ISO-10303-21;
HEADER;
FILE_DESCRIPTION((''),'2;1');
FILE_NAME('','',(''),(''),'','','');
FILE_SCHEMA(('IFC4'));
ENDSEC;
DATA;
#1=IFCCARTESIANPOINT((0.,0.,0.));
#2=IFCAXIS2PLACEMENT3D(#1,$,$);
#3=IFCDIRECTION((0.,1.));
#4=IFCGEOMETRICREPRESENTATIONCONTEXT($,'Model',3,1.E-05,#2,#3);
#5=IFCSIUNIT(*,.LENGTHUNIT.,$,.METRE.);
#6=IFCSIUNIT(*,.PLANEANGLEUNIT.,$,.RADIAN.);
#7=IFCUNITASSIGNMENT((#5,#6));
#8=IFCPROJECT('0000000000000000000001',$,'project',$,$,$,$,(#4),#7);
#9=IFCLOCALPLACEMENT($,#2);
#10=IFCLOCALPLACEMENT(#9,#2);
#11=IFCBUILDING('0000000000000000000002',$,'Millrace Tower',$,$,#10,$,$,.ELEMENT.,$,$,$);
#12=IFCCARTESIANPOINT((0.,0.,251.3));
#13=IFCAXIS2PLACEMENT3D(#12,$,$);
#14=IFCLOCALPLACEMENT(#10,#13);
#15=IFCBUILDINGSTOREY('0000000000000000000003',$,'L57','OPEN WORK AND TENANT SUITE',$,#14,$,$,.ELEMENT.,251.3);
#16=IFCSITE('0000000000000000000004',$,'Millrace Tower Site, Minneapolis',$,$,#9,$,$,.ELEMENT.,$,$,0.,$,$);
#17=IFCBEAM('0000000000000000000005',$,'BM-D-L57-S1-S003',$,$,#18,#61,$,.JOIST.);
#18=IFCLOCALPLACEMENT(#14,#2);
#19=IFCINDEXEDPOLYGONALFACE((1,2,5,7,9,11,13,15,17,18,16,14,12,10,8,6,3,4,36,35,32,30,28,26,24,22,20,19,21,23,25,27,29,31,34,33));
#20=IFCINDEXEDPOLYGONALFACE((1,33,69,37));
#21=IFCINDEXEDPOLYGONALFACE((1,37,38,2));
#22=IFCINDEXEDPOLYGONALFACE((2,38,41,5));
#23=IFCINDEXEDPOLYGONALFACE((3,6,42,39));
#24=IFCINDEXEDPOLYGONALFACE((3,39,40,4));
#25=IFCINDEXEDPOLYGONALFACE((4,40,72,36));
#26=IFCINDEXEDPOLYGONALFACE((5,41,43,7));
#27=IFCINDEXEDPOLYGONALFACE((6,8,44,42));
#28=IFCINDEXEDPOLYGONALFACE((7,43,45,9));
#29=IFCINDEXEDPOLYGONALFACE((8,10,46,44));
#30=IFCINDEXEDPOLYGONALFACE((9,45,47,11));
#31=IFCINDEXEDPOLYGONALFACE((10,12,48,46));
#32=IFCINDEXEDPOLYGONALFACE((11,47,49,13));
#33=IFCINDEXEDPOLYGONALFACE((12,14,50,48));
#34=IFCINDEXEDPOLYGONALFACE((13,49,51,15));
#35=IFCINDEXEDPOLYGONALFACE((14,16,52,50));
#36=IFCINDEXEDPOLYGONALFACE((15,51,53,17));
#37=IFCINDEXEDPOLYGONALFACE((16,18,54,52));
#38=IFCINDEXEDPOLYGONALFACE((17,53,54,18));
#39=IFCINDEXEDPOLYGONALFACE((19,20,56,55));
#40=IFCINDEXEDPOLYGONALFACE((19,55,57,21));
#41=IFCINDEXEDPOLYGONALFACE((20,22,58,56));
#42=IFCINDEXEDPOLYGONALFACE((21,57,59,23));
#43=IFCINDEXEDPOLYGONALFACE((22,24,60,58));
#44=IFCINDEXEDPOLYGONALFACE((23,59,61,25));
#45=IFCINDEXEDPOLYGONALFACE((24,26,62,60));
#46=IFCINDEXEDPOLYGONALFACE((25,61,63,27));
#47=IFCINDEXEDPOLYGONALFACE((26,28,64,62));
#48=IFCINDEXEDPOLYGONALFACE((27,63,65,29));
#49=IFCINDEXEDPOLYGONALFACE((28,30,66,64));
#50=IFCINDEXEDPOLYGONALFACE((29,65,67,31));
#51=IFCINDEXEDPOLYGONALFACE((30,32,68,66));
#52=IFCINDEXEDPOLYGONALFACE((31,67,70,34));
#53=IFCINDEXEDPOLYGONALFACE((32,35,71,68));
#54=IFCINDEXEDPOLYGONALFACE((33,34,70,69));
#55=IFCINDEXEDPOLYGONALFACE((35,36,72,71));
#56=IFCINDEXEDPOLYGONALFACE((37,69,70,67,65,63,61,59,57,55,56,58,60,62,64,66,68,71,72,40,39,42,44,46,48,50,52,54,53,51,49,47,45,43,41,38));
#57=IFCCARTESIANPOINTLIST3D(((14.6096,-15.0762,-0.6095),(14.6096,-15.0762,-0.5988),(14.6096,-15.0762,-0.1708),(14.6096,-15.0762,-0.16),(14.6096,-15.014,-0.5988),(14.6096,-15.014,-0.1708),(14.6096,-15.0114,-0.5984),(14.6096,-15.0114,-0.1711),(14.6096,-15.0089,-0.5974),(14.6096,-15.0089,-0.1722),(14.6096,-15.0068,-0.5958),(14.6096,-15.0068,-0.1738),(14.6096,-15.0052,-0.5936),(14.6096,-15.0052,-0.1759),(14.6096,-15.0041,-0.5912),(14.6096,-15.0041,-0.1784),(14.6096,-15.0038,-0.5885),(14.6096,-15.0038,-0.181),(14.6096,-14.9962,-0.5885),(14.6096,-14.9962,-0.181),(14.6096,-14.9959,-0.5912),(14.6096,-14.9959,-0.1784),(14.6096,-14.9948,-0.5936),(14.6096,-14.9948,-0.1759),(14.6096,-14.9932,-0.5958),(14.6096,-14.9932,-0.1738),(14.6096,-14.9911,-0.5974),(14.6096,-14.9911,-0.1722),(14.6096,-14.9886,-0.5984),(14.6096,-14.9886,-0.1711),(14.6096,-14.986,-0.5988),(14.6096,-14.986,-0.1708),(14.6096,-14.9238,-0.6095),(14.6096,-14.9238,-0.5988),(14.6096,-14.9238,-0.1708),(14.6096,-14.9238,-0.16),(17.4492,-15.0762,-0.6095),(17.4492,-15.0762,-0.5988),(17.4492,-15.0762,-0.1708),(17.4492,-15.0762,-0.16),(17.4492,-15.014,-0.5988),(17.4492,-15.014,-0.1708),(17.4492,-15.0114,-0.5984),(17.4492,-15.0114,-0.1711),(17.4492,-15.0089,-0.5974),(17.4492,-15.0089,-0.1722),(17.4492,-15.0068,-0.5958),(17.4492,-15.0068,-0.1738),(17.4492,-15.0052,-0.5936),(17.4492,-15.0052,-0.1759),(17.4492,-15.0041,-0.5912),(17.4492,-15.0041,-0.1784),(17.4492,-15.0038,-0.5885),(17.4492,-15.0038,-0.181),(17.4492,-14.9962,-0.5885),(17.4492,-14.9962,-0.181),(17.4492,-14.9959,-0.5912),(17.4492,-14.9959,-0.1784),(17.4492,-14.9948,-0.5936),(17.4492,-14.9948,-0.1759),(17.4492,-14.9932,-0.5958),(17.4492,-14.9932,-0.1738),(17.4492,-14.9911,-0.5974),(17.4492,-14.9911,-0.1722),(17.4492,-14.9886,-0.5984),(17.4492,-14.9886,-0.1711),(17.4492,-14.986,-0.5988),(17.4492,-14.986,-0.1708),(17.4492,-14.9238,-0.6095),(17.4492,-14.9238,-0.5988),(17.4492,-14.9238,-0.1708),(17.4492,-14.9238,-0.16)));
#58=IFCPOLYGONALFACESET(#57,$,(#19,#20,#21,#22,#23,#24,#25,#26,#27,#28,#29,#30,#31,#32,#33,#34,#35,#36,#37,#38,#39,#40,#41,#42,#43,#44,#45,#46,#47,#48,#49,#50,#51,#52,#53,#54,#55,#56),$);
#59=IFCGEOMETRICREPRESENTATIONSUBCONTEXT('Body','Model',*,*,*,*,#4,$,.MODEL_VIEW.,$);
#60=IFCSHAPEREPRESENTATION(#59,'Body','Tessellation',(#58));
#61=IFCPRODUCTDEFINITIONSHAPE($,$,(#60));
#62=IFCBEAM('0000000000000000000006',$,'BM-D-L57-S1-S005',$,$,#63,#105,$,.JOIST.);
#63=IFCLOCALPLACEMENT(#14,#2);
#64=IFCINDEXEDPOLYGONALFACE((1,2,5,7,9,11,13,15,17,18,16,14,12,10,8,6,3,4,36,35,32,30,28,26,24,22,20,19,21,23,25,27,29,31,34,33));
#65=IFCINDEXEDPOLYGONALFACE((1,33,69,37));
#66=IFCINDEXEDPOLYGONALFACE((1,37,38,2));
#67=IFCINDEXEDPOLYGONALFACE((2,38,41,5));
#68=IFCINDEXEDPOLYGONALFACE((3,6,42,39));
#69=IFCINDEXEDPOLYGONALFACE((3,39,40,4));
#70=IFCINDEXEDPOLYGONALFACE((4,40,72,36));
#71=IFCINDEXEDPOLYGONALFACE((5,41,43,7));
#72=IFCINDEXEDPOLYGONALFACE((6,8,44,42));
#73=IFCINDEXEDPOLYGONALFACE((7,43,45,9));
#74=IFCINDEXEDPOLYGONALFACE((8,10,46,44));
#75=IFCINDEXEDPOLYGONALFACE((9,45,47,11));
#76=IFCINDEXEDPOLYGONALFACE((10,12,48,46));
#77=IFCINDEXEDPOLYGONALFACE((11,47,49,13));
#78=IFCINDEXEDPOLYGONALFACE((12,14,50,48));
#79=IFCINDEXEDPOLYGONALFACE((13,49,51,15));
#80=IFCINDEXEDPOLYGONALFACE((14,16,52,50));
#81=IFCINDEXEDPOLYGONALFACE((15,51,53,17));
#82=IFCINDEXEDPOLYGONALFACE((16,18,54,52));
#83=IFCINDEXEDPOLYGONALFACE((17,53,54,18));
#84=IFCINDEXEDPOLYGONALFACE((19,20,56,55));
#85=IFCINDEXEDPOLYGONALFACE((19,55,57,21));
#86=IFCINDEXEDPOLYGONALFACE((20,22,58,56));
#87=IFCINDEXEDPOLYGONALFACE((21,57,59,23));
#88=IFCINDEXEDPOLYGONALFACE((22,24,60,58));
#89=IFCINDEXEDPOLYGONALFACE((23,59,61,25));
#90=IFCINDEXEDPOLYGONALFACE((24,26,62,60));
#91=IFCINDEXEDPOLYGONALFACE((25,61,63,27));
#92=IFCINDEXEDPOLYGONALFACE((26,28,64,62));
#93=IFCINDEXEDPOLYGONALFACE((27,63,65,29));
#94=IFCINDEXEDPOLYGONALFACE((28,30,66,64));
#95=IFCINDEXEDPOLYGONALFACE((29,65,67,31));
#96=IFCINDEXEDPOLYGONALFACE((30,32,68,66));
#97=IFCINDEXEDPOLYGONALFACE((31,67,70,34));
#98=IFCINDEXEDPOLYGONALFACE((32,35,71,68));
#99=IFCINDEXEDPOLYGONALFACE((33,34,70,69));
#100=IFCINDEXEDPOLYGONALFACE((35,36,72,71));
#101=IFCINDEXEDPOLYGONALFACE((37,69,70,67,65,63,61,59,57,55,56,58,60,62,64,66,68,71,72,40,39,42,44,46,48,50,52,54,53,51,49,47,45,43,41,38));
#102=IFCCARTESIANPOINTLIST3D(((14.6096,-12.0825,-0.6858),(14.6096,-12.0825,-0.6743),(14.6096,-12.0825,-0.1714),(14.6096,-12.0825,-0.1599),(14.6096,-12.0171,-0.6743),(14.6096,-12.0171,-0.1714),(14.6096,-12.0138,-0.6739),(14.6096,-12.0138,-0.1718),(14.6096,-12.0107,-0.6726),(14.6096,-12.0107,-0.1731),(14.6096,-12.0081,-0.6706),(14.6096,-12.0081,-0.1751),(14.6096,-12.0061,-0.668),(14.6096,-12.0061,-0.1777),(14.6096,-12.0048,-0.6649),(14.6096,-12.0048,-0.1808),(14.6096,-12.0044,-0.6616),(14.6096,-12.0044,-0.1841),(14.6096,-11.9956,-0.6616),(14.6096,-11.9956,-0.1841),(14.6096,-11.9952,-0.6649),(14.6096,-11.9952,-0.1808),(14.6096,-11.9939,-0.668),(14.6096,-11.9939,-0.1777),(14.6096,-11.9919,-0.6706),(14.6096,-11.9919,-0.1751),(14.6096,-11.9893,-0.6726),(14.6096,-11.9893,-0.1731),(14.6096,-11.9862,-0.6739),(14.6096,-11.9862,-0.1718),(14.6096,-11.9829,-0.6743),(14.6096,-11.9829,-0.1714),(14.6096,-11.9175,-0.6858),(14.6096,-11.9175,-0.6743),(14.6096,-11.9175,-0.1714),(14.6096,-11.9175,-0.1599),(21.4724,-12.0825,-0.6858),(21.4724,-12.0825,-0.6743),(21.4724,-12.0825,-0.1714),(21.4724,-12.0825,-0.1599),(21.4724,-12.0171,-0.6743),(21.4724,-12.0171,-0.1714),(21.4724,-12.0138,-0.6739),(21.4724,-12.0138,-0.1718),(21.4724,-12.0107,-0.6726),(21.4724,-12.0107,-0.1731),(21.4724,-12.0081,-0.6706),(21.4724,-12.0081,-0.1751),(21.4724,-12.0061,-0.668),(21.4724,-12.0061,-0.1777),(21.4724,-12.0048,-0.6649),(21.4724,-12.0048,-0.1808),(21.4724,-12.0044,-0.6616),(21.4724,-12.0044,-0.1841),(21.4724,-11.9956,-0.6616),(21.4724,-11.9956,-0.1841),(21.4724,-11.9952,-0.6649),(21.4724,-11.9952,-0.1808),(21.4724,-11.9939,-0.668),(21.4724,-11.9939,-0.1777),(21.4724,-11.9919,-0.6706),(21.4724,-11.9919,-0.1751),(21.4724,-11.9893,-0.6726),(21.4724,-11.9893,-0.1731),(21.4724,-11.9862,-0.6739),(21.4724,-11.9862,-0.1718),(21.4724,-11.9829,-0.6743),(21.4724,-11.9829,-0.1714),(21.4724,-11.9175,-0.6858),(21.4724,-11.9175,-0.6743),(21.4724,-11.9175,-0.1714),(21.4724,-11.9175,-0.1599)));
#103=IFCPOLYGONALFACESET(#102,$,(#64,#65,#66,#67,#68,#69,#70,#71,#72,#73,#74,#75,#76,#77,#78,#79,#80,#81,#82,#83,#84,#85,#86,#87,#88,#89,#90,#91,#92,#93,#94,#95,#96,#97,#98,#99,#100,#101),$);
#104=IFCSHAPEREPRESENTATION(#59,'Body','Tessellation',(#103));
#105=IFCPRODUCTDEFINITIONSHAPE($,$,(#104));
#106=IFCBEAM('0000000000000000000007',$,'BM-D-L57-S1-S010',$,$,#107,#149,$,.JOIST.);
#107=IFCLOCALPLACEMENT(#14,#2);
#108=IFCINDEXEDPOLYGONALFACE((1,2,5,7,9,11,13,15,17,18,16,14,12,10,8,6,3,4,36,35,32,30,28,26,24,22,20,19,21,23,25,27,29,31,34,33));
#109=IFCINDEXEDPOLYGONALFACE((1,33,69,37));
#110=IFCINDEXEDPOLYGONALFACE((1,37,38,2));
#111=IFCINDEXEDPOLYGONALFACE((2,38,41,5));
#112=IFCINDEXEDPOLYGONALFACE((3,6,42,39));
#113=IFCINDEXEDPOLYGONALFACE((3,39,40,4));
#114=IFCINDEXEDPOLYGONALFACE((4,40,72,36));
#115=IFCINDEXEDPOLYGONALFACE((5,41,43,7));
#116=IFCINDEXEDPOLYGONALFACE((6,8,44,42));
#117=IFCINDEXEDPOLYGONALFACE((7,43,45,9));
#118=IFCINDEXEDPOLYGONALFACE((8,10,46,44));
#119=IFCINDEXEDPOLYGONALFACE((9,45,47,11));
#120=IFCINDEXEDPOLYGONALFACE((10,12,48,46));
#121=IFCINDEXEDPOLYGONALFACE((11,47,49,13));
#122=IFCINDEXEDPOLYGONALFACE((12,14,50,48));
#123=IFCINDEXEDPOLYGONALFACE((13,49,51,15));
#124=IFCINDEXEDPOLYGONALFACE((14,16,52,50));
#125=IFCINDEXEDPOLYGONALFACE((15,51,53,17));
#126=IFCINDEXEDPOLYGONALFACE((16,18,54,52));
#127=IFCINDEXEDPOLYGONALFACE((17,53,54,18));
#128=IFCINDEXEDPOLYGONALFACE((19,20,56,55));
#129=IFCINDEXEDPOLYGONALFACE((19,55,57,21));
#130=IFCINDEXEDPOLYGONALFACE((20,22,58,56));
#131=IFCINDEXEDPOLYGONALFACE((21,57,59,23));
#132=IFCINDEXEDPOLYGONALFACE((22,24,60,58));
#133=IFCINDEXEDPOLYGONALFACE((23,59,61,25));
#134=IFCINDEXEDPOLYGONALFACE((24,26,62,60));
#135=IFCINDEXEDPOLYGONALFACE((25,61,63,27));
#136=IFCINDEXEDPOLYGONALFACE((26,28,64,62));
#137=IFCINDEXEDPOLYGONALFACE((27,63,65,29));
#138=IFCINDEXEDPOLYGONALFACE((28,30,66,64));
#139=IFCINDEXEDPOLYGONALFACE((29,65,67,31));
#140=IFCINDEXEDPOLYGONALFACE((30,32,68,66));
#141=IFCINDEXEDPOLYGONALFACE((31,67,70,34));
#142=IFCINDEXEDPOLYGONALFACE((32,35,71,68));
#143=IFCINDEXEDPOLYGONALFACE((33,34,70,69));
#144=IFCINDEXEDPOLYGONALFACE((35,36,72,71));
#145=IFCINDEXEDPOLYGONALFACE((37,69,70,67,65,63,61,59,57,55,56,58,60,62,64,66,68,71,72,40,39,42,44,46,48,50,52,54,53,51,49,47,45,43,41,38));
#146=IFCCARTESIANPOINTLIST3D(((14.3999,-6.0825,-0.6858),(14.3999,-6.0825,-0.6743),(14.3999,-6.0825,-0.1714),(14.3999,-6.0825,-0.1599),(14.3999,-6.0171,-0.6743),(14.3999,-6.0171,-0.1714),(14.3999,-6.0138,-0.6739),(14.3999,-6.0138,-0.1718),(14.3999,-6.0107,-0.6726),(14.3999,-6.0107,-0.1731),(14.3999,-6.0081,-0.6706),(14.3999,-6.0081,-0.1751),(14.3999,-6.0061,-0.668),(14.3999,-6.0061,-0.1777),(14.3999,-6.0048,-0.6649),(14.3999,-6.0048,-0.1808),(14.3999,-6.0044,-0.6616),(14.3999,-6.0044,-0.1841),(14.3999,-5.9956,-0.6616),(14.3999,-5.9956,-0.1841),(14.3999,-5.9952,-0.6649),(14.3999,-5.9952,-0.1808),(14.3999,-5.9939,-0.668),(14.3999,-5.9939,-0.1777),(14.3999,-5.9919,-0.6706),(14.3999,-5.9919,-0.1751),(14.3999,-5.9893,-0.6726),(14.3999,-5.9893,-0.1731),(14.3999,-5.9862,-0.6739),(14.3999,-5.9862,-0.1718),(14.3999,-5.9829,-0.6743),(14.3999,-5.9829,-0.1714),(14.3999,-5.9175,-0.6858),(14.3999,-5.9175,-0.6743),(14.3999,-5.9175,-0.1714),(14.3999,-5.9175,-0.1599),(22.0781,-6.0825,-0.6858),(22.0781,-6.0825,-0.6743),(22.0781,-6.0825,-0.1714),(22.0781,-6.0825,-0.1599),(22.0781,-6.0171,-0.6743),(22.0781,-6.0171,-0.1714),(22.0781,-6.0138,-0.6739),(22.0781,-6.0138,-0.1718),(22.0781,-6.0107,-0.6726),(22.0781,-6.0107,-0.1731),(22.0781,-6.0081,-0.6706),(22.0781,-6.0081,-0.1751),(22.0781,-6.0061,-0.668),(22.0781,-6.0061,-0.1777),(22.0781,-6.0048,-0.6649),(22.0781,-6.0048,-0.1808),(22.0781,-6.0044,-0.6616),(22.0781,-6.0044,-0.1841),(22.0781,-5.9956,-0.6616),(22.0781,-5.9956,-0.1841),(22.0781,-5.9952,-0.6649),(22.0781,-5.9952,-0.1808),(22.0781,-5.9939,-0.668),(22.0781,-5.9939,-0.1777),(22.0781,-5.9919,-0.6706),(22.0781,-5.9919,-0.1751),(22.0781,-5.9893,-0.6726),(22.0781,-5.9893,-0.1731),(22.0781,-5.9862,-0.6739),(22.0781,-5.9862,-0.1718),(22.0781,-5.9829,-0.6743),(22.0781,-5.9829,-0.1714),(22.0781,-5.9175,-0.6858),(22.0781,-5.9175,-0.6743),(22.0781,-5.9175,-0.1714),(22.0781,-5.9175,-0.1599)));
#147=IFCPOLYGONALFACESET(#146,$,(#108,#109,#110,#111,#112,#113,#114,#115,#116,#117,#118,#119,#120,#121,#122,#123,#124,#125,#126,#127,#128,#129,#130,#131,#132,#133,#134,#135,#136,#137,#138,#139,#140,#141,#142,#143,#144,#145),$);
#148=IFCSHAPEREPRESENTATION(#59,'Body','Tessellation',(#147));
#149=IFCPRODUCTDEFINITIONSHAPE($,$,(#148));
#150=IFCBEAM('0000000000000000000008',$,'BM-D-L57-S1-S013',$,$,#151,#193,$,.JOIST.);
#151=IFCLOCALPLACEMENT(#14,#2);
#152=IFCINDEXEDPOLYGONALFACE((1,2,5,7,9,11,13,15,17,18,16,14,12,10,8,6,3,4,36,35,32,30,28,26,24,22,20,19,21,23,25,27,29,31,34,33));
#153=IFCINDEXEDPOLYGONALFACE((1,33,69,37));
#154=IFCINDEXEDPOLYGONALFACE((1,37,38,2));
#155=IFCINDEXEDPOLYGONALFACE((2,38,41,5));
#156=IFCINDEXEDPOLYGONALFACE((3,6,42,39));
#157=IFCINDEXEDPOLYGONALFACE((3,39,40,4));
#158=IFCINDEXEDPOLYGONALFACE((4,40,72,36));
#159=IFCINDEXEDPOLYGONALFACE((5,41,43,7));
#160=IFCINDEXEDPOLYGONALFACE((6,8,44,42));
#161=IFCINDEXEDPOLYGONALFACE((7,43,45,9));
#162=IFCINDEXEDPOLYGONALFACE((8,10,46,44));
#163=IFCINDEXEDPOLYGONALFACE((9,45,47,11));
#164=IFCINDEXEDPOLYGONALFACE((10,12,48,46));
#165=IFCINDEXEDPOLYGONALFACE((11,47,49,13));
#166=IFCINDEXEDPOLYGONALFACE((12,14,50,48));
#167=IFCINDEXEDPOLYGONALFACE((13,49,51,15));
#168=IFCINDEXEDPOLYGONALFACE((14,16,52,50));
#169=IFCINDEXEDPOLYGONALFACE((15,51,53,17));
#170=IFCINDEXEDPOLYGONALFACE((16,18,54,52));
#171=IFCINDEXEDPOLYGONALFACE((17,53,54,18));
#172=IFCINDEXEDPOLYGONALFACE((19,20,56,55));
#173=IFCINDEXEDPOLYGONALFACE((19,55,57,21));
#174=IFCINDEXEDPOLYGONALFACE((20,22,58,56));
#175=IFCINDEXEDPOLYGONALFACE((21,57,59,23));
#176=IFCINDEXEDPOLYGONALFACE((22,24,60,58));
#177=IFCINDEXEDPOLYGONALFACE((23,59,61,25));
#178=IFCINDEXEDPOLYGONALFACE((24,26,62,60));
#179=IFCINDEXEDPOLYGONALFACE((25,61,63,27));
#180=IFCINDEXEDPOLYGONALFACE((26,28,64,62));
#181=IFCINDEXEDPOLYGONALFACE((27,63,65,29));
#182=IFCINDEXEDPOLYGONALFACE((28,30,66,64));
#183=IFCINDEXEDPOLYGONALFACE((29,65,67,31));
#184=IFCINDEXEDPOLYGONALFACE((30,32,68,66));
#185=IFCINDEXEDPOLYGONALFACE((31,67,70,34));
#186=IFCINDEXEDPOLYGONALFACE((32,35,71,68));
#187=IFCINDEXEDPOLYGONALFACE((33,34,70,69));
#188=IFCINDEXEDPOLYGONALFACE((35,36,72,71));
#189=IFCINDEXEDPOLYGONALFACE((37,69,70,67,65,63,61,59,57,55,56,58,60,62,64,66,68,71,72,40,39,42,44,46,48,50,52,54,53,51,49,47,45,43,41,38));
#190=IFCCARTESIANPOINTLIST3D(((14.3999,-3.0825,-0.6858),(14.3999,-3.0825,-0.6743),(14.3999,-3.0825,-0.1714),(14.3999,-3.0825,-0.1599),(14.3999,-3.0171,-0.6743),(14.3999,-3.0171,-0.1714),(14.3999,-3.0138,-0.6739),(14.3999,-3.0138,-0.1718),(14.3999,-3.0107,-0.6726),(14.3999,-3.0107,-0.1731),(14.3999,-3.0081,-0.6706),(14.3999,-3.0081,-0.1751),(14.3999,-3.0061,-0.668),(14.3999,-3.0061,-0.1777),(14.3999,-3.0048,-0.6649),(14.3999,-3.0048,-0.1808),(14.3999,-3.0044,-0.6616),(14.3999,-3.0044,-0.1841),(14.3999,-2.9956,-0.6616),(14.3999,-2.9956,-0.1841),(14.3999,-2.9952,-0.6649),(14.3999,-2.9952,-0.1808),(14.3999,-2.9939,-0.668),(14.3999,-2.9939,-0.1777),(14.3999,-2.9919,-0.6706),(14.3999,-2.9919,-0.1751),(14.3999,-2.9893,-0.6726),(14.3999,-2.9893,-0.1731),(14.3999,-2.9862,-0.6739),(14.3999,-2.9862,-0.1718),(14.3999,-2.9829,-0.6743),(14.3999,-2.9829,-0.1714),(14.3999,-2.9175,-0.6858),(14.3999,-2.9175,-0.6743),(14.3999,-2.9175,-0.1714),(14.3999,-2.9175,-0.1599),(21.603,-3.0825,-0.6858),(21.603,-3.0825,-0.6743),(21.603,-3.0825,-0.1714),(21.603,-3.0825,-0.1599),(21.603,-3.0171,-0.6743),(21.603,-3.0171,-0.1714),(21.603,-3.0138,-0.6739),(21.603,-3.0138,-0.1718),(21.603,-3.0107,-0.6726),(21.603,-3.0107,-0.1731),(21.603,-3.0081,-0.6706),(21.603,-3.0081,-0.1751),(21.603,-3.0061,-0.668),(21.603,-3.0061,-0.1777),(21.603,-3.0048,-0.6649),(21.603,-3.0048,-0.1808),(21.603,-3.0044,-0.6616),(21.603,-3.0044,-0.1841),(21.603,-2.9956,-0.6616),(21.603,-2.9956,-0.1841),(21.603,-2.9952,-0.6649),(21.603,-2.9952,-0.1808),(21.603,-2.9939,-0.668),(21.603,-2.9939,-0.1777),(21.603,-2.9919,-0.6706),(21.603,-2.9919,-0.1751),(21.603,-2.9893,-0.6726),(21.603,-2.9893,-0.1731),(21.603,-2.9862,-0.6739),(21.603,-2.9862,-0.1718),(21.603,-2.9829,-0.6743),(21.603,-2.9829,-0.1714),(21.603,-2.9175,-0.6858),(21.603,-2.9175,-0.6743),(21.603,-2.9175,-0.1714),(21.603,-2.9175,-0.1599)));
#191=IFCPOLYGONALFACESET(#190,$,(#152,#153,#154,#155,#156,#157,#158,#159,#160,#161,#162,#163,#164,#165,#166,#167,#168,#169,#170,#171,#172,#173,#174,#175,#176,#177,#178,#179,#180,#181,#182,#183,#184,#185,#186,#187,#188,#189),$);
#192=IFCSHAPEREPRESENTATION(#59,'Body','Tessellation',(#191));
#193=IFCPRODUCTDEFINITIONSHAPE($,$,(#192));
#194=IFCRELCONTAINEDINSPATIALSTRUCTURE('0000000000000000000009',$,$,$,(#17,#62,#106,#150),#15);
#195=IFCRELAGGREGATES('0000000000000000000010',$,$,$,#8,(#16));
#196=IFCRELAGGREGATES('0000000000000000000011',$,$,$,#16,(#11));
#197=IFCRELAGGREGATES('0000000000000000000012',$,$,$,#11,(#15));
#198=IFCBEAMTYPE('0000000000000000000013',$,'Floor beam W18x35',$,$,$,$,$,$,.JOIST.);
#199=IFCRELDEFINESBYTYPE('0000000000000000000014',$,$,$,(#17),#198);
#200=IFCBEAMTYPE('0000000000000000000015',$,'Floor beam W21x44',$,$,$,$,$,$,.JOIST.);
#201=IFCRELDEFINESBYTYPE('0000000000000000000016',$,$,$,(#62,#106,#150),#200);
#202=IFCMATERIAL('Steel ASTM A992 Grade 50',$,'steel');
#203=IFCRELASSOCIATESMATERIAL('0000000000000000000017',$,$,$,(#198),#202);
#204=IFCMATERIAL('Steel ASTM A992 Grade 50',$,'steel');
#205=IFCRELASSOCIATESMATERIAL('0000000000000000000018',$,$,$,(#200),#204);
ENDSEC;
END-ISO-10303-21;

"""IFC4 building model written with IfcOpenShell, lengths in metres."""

from ifc_helpers import new_model, si_unit, direction, frame, origin, origin_2d, place, context, subcontext, project, spatial, i_section, extrude, material, material_profile, profile_set, type_object, element, save


model = new_model("IFC4")

# Units and contexts
model_context = context("Model", 3, precision=1e-05, world=origin(), true_north=direction((0.0, 1.0)))
body_context = subcontext(model_context, "Body", "Model", "MODEL_VIEW")
ifc_project = project(units=[si_unit("LENGTHUNIT", "METRE"), si_unit("PLANEANGLEUNIT", "RADIAN")], contexts=[model_context])

# Site, building, storey
site_placement = place(None, origin())
site = spatial("IfcSite", under=ifc_project, at=site_placement, Name="Millrace Tower Site, Minneapolis", CompositionType="ELEMENT", RefElevation=0.0)
building_placement = place(site_placement, origin())
building = spatial("IfcBuilding", under=site, at=building_placement, Name="Millrace Tower", CompositionType="ELEMENT")
storey_placement = place(building_placement, frame((0.0, 0.0, 251.3)))
storey = spatial("IfcBuildingStorey", under=building, at=storey_placement, Name="L57", Description="OPEN WORK AND TENANT SUITE", CompositionType="ELEMENT", Elevation=251.3)

# Beams
ifc_material_1 = material(Name="Steel ASTM A992 Grade 50", Category="steel")
ifc_material_profile_1 = material_profile(ifc_material_1, i_section(OverallWidth=0.1523, OverallDepth=0.4495, WebThickness=0.0076, FlangeThickness=0.0107, FilletRadius=0.0103, at=origin_2d()))
ifc_profile_set_1 = profile_set([ifc_material_profile_1], Name="Steel ASTM A992 Grade 50")
beam_type_1 = type_object("IfcBeamType", Name="Floor beam W18x35", PredefinedType="JOIST", material=ifc_profile_set_1)
beam_1_placement = place(storey_placement, frame((14.6096, -15.0, -0.3848), z_axis=(1.0, 0.0, 0.0), x_axis=(0.0, 1.0, 0.0)))
element("IfcBeam", 1, at=beam_1_placement, inside=storey, type_object=beam_type_1, Name="BM-D-L57-S1-S003", PredefinedType="JOIST", context=body_context, shape_type="SweptSolid", body=[
    extrude(i_section(OverallWidth=0.1523, OverallDepth=0.4495, WebThickness=0.0076, FlangeThickness=0.0107, FilletRadius=0.0103, at=origin_2d()), origin(), (0.0, 0.0, 1.0), 2.8396),
])
ifc_material_2 = material(Name="Steel ASTM A992 Grade 50", Category="steel")
ifc_material_profile_2 = material_profile(ifc_material_2, i_section(OverallWidth=0.165, OverallDepth=0.5259, WebThickness=0.0088, FlangeThickness=0.0115, FilletRadius=0.0127, at=origin_2d()))
ifc_profile_set_2 = profile_set([ifc_material_profile_2], Name="Steel ASTM A992 Grade 50")
beam_type_2 = type_object("IfcBeamType", Name="Floor beam W21x44", PredefinedType="JOIST", material=ifc_profile_set_2)
beam_2_placement = place(storey_placement, frame((14.6096, -12.0, -0.4229), z_axis=(1.0, 0.0, 0.0), x_axis=(0.0, 1.0, 0.0)))
element("IfcBeam", 2, at=beam_2_placement, inside=storey, type_object=beam_type_2, Name="BM-D-L57-S1-S005", PredefinedType="JOIST", context=body_context, shape_type="SweptSolid", body=[
    extrude(i_section(OverallWidth=0.165, OverallDepth=0.5259, WebThickness=0.0088, FlangeThickness=0.0115, FilletRadius=0.0127, at=origin_2d()), origin(), (0.0, 0.0, 1.0), 6.8628),
])
beam_3_placement = place(storey_placement, frame((14.3999, -6.0, -0.4229), z_axis=(1.0, 0.0, 0.0), x_axis=(0.0, 1.0, 0.0)))
element("IfcBeam", 3, at=beam_3_placement, inside=storey, type_object=beam_type_2, Name="BM-D-L57-S1-S010", PredefinedType="JOIST", context=body_context, shape_type="SweptSolid", body=[
    extrude(i_section(OverallWidth=0.165, OverallDepth=0.5259, WebThickness=0.0088, FlangeThickness=0.0115, FilletRadius=0.0127, at=origin_2d()), origin(), (0.0, 0.0, 1.0), 7.6782),
])
beam_4_placement = place(storey_placement, frame((14.3999, -3.0, -0.4229), z_axis=(1.0, 0.0, 0.0), x_axis=(0.0, 1.0, 0.0)))
element("IfcBeam", 4, at=beam_4_placement, inside=storey, type_object=beam_type_2, Name="BM-D-L57-S1-S013", PredefinedType="JOIST", context=body_context, shape_type="SweptSolid", body=[
    extrude(i_section(OverallWidth=0.165, OverallDepth=0.5259, WebThickness=0.0088, FlangeThickness=0.0115, FilletRadius=0.0127, at=origin_2d()), origin(), (0.0, 0.0, 1.0), 7.2031),
])

save(model, "model.ifc")
